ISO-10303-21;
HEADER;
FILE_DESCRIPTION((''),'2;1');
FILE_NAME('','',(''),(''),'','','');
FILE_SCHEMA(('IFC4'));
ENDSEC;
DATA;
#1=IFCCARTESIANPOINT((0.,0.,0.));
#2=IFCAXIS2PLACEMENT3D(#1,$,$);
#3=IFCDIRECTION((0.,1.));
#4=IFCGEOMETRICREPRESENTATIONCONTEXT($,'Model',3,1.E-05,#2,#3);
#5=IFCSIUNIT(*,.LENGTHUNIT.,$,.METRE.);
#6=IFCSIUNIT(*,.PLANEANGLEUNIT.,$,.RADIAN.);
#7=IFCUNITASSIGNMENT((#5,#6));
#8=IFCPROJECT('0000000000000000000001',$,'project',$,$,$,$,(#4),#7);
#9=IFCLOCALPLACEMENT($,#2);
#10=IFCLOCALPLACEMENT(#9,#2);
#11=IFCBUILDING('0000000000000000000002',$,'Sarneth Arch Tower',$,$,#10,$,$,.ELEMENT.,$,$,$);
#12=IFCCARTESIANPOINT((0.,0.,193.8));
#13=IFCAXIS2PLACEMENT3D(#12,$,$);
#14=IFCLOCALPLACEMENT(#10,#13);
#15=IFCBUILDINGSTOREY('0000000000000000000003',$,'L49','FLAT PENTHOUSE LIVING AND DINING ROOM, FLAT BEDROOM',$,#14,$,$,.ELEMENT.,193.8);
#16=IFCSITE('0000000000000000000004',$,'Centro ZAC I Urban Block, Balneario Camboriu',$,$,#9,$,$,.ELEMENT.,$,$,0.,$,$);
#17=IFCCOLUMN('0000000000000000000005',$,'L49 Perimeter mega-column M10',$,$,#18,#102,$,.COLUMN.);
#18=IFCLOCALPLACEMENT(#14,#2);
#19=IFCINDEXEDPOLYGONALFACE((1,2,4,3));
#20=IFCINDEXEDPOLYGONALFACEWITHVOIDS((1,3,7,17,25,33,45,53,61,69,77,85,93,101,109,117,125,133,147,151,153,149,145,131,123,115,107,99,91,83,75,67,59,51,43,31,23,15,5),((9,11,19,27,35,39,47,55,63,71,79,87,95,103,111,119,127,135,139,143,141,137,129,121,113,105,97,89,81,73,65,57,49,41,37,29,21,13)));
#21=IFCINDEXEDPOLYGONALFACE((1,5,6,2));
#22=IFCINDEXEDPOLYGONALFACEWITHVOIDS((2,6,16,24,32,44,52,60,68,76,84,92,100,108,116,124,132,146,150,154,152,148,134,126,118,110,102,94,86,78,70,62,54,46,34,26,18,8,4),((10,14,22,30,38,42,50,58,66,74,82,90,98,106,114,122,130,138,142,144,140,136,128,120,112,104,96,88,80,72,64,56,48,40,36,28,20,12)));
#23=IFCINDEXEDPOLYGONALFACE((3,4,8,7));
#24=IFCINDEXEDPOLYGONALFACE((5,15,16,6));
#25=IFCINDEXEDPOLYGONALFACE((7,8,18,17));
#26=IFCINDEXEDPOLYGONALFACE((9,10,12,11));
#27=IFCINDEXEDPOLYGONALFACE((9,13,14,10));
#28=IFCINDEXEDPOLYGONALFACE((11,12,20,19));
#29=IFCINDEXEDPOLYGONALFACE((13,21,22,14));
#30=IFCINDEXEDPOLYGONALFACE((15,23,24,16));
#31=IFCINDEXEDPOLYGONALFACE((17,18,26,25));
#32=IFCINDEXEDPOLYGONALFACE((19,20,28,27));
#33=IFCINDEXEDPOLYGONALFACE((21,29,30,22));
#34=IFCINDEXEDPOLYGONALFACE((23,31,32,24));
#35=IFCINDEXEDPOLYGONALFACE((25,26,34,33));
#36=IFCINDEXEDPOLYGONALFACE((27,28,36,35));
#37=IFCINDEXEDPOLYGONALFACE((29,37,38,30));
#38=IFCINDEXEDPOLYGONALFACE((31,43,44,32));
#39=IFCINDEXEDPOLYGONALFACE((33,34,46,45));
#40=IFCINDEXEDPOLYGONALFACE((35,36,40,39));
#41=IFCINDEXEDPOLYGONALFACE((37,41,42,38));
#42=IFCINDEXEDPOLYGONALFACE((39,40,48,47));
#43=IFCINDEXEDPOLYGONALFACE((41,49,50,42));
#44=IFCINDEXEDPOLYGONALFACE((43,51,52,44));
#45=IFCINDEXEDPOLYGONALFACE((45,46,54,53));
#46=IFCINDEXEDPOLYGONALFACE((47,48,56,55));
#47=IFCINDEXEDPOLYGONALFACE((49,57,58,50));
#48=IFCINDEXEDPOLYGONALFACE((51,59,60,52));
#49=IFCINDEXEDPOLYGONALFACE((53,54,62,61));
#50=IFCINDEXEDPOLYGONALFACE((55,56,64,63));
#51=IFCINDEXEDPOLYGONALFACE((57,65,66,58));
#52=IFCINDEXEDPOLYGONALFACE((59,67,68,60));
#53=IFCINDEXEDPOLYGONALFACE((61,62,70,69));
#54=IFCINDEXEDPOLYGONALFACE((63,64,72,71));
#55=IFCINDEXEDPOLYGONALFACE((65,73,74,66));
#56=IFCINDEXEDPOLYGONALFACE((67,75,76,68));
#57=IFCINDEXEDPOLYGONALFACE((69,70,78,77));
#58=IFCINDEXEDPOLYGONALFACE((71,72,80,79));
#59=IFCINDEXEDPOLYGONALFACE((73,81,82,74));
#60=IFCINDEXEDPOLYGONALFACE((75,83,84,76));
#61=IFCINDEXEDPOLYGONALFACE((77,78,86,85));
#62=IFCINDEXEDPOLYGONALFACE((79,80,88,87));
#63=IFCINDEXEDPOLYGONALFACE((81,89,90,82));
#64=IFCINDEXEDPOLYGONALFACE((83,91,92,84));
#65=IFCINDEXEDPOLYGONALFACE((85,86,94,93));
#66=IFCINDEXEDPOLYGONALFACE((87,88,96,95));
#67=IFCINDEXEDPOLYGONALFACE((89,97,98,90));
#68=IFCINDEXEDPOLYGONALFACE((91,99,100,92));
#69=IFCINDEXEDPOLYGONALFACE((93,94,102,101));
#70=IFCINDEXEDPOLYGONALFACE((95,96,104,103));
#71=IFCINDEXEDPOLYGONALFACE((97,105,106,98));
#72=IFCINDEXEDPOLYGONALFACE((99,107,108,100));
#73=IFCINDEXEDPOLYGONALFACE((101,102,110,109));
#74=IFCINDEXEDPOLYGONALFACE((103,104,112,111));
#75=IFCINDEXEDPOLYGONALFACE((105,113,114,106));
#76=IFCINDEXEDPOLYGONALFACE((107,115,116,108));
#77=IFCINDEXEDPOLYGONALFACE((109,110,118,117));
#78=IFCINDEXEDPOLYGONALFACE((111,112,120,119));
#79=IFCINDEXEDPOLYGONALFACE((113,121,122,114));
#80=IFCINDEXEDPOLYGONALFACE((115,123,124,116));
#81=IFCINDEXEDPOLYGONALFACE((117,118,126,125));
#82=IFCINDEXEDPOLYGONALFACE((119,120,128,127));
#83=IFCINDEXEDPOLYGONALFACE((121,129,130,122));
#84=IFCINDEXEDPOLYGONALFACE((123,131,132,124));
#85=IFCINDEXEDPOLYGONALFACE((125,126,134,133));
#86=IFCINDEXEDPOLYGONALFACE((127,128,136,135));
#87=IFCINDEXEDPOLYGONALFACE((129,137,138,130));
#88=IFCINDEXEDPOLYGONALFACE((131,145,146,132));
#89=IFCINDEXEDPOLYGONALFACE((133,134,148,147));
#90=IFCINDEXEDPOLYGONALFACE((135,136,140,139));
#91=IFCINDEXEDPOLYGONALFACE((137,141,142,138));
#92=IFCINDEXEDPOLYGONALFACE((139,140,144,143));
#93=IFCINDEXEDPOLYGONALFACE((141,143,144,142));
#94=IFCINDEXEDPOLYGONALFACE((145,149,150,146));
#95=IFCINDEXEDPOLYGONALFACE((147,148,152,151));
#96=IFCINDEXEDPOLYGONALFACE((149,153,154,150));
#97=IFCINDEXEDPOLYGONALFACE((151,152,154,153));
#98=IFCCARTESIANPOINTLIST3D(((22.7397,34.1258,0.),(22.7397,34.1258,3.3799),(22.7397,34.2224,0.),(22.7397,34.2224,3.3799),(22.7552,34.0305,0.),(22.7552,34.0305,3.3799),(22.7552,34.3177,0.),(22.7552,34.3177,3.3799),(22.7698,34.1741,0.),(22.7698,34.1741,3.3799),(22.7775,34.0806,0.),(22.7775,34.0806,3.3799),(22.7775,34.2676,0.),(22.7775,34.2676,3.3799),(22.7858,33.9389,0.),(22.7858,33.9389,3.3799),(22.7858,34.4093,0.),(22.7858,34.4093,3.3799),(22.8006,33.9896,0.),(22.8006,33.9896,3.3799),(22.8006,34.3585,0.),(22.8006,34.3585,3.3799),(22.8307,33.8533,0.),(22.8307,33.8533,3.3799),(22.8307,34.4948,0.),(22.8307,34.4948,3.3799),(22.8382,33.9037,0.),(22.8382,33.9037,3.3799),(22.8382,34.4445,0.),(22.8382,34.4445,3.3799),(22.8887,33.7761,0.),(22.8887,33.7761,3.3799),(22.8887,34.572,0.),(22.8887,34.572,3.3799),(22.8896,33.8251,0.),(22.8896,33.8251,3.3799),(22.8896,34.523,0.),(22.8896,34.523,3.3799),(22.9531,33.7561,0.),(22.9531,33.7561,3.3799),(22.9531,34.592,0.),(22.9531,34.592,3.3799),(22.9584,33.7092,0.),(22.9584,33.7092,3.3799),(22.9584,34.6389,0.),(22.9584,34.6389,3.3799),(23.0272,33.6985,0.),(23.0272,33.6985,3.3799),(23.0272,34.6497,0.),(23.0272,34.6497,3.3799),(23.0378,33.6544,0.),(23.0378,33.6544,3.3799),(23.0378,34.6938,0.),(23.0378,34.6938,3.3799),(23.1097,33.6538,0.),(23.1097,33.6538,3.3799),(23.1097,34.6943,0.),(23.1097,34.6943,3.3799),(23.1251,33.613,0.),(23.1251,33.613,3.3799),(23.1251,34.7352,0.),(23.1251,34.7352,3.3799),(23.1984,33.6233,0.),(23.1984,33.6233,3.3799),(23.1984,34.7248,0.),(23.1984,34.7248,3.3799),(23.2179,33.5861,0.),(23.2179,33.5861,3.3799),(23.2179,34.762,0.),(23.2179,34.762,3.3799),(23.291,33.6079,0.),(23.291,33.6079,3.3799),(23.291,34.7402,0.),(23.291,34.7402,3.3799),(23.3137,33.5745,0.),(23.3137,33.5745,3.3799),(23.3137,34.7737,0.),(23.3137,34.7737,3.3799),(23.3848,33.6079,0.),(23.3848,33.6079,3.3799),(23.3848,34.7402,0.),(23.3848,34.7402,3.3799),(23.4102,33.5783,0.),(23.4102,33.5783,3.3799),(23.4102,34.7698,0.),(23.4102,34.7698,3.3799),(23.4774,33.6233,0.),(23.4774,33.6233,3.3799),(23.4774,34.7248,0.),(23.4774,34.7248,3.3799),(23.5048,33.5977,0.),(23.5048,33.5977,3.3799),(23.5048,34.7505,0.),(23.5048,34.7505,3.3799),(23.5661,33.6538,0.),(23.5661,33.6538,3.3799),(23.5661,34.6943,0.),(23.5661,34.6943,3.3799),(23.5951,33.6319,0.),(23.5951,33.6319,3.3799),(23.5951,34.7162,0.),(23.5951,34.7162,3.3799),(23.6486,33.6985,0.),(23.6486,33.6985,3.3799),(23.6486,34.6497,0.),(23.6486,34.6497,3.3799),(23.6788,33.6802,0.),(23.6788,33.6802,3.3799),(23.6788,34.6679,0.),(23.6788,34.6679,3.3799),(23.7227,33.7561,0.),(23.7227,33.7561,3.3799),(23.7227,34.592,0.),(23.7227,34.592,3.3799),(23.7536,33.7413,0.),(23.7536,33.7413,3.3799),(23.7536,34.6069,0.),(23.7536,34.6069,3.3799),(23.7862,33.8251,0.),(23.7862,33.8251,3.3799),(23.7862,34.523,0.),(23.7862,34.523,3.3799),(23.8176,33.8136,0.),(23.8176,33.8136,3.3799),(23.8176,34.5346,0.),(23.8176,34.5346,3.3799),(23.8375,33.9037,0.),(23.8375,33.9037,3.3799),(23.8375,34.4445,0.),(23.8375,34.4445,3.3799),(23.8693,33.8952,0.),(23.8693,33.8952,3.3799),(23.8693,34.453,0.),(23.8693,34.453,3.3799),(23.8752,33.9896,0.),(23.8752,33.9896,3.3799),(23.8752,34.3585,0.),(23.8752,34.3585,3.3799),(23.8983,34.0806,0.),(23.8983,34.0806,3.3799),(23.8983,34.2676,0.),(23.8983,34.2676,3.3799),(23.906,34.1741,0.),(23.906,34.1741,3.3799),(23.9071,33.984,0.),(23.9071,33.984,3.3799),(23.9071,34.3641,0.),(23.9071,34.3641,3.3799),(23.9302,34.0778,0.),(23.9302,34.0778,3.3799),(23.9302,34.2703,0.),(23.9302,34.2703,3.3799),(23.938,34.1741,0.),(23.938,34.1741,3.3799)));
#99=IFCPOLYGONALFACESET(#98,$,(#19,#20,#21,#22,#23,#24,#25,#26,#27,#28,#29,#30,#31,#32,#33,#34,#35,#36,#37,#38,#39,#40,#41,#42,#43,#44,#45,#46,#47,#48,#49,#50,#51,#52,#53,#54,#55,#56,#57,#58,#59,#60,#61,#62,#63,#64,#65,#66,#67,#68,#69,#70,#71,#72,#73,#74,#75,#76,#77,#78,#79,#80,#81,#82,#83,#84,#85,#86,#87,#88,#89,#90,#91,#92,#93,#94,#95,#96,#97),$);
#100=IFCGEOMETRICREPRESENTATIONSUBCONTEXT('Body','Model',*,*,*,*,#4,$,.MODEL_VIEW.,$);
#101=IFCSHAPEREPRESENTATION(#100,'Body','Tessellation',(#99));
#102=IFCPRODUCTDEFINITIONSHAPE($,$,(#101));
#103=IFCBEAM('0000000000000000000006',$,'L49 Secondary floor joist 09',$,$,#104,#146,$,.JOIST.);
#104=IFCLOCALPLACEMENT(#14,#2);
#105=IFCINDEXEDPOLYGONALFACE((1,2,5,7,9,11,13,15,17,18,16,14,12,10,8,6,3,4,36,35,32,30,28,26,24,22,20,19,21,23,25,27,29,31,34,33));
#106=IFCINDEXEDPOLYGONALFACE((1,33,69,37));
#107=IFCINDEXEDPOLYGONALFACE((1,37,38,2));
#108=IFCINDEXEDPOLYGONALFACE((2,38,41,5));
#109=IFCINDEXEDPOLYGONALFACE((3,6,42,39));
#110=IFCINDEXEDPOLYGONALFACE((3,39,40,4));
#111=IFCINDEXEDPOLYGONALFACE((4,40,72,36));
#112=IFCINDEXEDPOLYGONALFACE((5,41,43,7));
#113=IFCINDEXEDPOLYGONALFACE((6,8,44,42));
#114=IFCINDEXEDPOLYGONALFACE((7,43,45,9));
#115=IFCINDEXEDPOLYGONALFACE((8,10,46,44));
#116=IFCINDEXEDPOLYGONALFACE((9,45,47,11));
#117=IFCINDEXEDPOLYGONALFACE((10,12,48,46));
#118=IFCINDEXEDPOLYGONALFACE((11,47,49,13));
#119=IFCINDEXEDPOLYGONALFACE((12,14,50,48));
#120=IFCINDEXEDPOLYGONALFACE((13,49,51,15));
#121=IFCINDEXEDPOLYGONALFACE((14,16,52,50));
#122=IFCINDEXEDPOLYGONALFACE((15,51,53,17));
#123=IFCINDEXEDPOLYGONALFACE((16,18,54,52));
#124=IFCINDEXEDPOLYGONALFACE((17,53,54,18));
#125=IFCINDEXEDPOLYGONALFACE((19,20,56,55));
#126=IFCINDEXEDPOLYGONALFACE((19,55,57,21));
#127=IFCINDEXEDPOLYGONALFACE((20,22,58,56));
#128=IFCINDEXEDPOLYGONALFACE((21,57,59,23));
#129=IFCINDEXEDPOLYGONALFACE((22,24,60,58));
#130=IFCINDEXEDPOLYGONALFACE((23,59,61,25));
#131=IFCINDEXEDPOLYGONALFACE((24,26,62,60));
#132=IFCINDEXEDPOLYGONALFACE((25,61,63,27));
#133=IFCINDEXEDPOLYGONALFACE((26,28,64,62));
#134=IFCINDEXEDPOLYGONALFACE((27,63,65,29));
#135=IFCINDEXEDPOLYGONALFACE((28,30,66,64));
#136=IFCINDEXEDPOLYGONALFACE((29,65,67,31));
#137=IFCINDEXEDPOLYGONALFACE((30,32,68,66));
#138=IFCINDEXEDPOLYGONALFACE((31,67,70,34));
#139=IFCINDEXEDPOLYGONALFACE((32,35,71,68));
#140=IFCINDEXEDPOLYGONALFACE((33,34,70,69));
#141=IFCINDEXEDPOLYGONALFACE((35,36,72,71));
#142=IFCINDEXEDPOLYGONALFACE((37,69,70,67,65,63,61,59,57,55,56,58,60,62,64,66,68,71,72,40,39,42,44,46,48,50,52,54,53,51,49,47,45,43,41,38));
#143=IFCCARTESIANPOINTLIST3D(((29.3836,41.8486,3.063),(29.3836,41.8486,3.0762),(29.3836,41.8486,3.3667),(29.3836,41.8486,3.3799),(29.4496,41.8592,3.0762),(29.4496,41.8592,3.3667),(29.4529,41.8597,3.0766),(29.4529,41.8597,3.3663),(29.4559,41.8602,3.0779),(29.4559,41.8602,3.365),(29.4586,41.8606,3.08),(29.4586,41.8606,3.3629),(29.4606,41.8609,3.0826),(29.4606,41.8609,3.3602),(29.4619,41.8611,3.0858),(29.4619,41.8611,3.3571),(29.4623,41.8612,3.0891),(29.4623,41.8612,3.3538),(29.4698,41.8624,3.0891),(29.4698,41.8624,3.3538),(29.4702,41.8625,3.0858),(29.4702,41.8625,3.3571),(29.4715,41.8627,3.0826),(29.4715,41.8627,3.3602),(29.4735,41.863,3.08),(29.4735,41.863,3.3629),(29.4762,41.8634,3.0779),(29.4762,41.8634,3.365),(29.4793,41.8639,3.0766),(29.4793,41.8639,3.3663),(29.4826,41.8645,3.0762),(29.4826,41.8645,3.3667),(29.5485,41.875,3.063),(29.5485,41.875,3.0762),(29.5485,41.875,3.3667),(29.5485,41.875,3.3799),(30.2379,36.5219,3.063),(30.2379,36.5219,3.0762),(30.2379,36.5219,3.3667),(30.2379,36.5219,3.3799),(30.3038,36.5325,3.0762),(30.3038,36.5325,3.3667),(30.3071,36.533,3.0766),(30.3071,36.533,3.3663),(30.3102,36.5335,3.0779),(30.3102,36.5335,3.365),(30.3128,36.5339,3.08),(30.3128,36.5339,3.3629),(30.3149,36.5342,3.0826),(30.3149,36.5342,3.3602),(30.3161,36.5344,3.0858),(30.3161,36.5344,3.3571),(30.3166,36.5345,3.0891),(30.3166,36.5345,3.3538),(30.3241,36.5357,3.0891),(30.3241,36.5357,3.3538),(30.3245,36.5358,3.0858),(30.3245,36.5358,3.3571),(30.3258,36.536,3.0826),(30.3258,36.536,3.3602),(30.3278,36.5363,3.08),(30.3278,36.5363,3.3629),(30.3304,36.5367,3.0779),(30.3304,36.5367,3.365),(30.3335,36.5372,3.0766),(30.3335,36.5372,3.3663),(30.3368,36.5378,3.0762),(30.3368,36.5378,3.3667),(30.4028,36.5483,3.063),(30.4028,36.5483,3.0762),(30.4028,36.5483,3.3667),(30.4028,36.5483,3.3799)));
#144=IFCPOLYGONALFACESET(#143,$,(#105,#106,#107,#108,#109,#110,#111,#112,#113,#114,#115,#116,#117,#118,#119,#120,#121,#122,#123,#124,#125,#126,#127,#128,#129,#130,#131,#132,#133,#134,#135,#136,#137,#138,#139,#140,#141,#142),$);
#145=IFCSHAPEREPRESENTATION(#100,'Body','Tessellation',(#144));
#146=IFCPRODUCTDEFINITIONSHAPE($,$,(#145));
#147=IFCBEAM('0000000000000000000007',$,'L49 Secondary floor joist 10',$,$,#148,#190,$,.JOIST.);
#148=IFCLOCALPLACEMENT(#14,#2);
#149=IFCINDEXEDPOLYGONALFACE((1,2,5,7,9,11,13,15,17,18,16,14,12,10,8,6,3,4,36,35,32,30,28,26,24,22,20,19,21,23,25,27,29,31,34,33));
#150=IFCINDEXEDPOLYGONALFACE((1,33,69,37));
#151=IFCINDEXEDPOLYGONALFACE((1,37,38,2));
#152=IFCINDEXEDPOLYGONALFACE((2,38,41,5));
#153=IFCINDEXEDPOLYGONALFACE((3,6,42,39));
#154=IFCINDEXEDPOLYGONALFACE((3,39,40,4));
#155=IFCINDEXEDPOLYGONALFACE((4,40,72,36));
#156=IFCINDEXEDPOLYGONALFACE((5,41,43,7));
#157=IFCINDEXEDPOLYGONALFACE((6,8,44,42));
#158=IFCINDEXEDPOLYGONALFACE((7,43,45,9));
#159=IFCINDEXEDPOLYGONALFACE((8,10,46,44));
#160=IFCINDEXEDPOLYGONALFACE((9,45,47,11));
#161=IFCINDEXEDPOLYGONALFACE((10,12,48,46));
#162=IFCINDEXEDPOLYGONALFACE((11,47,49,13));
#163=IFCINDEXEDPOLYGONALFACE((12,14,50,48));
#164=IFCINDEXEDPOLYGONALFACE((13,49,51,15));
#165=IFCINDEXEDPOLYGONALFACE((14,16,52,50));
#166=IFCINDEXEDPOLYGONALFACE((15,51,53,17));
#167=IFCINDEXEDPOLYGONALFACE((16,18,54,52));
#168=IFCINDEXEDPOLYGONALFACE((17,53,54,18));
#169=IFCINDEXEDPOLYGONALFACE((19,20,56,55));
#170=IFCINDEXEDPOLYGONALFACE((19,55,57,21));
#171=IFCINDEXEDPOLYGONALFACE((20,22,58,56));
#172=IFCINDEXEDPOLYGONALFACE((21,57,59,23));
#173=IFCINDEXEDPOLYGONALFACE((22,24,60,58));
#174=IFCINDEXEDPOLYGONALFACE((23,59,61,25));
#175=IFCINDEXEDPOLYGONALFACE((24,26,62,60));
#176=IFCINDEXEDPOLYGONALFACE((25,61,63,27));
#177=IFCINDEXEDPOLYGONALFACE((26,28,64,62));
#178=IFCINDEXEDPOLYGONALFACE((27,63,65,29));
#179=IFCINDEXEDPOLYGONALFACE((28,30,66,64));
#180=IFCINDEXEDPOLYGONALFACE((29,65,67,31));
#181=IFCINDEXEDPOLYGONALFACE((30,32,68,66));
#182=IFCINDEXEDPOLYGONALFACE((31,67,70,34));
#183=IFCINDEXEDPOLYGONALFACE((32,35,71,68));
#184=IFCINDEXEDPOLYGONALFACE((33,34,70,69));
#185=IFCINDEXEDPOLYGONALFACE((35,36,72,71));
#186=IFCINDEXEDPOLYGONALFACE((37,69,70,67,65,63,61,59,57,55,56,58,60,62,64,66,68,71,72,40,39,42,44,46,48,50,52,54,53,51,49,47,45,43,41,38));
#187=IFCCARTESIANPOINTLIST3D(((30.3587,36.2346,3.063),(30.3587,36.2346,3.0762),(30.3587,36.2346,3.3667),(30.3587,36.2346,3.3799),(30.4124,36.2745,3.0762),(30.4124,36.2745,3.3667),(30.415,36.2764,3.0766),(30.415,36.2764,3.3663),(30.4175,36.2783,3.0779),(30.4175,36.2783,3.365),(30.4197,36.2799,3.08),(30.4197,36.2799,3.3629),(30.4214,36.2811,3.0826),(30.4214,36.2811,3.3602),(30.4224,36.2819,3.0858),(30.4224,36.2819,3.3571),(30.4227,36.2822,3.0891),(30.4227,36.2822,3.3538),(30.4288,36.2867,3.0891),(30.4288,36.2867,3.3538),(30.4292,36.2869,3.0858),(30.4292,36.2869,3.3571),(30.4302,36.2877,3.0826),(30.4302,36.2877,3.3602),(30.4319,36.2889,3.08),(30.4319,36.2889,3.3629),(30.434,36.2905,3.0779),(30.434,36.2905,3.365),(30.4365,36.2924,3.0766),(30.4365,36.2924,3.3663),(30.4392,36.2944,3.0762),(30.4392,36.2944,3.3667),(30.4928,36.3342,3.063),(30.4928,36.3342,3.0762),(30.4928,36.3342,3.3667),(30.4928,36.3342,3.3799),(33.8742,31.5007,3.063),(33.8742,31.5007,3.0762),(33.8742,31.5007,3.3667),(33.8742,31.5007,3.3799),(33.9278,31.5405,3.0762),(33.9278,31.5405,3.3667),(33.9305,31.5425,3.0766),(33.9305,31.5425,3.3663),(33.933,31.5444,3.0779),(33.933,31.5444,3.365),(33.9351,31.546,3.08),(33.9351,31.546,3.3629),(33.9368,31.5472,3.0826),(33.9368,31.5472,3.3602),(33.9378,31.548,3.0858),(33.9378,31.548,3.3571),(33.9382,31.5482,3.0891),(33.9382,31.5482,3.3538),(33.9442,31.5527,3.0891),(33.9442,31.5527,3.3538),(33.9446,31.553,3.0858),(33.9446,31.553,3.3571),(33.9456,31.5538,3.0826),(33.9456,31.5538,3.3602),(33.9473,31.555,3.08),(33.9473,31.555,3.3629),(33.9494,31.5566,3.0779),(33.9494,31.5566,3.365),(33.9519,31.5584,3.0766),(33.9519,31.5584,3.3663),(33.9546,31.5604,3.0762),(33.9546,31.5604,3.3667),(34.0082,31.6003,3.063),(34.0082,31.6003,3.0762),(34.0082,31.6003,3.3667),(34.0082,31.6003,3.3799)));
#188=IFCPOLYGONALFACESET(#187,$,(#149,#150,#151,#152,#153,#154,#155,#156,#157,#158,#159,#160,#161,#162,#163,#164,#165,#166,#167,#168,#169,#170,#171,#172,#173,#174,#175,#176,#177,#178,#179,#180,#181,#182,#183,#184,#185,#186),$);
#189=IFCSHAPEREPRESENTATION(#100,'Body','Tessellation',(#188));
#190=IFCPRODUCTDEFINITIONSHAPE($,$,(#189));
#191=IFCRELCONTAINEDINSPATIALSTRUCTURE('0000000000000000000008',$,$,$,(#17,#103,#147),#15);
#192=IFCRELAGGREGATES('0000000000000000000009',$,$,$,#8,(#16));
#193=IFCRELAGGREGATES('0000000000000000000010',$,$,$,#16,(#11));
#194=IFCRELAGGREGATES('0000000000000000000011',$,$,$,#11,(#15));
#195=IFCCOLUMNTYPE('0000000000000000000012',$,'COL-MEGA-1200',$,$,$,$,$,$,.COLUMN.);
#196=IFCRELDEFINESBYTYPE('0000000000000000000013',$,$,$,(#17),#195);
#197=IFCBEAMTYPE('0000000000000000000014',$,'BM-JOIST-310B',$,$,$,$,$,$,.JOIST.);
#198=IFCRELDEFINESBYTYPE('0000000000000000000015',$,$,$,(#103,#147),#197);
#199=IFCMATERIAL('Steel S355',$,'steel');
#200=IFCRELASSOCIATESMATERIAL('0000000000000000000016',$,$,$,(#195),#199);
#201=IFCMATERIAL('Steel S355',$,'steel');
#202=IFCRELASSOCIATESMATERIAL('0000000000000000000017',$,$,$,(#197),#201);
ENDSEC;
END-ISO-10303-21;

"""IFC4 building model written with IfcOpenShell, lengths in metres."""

from ifc_helpers import new_model, si_unit, direction, frame, origin, origin_2d, place, context, subcontext, project, spatial, hollow_circle, i_section, extrude, material, material_profile, profile_set, type_object, element, save


model = new_model("IFC4")

# Units and contexts
model_context = context("Model", 3, precision=1e-05, world=origin(), true_north=direction((0.0, 1.0)))
body_context = subcontext(model_context, "Body", "Model", "MODEL_VIEW")
ifc_project = project(units=[si_unit("LENGTHUNIT", "METRE"), si_unit("PLANEANGLEUNIT", "RADIAN")], contexts=[model_context])

# Site, building, storey
site_placement = place(None, origin())
site = spatial("IfcSite", under=ifc_project, at=site_placement, Name="Centro ZAC I Urban Block, Balneario Camboriu", CompositionType="ELEMENT", RefElevation=0.0)
building_placement = place(site_placement, origin())
building = spatial("IfcBuilding", under=site, at=building_placement, Name="Sarneth Arch Tower", CompositionType="ELEMENT")
storey_placement = place(building_placement, frame((0.0, 0.0, 193.8)))
storey = spatial("IfcBuildingStorey", under=building, at=storey_placement, Name="L49", Description="FLAT PENTHOUSE LIVING AND DINING ROOM, FLAT BEDROOM", CompositionType="ELEMENT", Elevation=193.8)

# Column
ifc_material_1 = material(Name="Steel S355", Category="steel")
ifc_material_profile_1 = material_profile(ifc_material_1, hollow_circle(Radius=0.6001, WallThickness=0.032, at=origin_2d()), Name="CHS1200x32")
ifc_profile_set_1 = profile_set([ifc_material_profile_1], Name="Steel S355")
column_type = type_object("IfcColumnType", Name="COL-MEGA-1200", PredefinedType="COLUMN", material=ifc_profile_set_1)
column_placement = place(storey_placement, frame((23.3379, 34.1741, 0.0), z_axis=(0.0, 0.0, 1.0), x_axis=(1.0, 0.0, 0.0)))
element("IfcColumn", 1, at=column_placement, inside=storey, type_object=column_type, Name="L49 Perimeter mega-column M10", PredefinedType="COLUMN", context=body_context, shape_type="SweptSolid", body=[
    extrude(hollow_circle(Radius=0.6001, WallThickness=0.032, at=origin_2d()), origin(), (0.0, 0.0, 1.0), 3.3799),
])

# Beams
ifc_material_2 = material(Name="Steel S355", Category="steel")
ifc_material_profile_2 = material_profile(ifc_material_2, i_section(OverallWidth=0.167, OverallDepth=0.3169, WebThickness=0.0076, FlangeThickness=0.0132, FilletRadius=0.0129, at=origin_2d()), Name="W310x52")
ifc_profile_set_2 = profile_set([ifc_material_profile_2], Name="Steel S355")
beam_type_1 = type_object("IfcBeamType", Name="BM-JOIST-310B", PredefinedType="JOIST", material=ifc_profile_set_2)
beam_1_placement = place(storey_placement, frame((29.4661, 41.8618, 3.2214), z_axis=(0.158349, -0.987383, 0.0), x_axis=(0.987383, 0.158349, 0.0)))
element("IfcBeam", 2, at=beam_1_placement, inside=storey, type_object=beam_type_1, Name="L49 Secondary floor joist 09", PredefinedType="JOIST", context=body_context, shape_type="SweptSolid", body=[
    extrude(i_section(OverallWidth=0.167, OverallDepth=0.3169, WebThickness=0.0076, FlangeThickness=0.0132, FilletRadius=0.0129, at=origin_2d()), origin(), (0.0, 0.0, 1.0), 5.3948),
])
beam_2_placement = place(storey_placement, frame((30.4258, 36.2844, 3.2214), z_axis=(0.596191, -0.802843, 0.0), x_axis=(0.802843, 0.596191, 0.0)))
element("IfcBeam", 3, at=beam_2_placement, inside=storey, type_object=beam_type_1, Name="L49 Secondary floor joist 10", PredefinedType="JOIST", context=body_context, shape_type="SweptSolid", body=[
    extrude(i_section(OverallWidth=0.167, OverallDepth=0.3169, WebThickness=0.0076, FlangeThickness=0.0132, FilletRadius=0.0129, at=origin_2d()), origin(), (0.0, 0.0, 1.0), 5.8965),
])

save(model, "model.ifc")
